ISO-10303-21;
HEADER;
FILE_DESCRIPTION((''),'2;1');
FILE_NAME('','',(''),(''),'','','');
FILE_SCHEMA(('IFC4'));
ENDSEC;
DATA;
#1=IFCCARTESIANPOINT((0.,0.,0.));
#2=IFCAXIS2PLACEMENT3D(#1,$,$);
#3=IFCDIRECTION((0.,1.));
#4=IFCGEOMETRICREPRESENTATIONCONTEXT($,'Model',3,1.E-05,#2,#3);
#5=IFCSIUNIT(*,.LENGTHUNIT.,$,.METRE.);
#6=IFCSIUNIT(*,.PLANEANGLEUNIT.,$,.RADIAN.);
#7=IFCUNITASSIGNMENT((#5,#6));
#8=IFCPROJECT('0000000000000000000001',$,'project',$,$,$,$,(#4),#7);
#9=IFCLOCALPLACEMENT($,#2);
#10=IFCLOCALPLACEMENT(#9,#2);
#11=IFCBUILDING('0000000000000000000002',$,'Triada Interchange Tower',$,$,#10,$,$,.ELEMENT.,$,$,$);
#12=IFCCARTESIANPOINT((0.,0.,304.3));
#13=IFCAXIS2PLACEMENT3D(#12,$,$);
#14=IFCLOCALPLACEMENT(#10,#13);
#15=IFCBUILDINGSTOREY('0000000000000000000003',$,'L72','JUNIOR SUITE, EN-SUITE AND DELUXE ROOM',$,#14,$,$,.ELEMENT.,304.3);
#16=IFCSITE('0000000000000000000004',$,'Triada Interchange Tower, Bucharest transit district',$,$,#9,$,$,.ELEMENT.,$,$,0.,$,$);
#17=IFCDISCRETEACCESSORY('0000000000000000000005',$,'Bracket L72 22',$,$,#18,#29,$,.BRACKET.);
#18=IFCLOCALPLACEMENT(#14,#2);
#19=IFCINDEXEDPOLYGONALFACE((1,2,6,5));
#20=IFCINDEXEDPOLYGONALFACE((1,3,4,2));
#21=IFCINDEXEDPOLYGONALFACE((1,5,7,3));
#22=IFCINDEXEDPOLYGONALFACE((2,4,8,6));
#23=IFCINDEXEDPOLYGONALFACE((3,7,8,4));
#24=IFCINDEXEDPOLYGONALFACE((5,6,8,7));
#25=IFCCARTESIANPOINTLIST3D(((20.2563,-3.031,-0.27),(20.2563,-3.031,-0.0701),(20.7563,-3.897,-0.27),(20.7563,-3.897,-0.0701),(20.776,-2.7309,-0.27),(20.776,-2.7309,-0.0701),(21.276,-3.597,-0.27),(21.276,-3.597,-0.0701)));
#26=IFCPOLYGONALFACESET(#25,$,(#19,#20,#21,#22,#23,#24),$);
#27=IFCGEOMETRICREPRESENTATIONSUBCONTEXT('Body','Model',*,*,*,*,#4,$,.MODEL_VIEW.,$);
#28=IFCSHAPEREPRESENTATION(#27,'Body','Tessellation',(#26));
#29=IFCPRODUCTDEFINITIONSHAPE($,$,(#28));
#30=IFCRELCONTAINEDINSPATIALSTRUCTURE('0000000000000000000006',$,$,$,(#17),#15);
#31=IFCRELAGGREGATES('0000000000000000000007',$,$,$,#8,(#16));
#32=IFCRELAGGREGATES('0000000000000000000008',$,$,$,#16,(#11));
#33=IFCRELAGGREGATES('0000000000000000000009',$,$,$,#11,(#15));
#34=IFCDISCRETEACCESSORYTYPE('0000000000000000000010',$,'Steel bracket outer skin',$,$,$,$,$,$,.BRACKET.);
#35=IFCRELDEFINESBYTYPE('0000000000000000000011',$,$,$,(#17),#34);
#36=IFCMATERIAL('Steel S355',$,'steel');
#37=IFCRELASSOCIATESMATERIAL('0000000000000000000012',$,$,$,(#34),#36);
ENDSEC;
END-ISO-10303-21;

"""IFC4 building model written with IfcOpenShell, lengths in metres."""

from ifc_helpers import new_model, si_unit, direction, frame, origin, origin_2d, place, context, subcontext, project, spatial, rectangle, extrude, material, type_object, element, save


model = new_model("IFC4")

# Units and contexts
model_context = context("Model", 3, precision=1e-05, world=origin(), true_north=direction((0.0, 1.0)))
body_context = subcontext(model_context, "Body", "Model", "MODEL_VIEW")
ifc_project = project(units=[si_unit("LENGTHUNIT", "METRE"), si_unit("PLANEANGLEUNIT", "RADIAN")], contexts=[model_context])

# Site, building, storey
site_placement = place(None, origin())
site = spatial("IfcSite", under=ifc_project, at=site_placement, Name="Triada Interchange Tower, Bucharest transit district", CompositionType="ELEMENT", RefElevation=0.0)
building_placement = place(site_placement, origin())
building = spatial("IfcBuilding", under=site, at=building_placement, Name="Triada Interchange Tower", CompositionType="ELEMENT")
storey_placement = place(building_placement, frame((0.0, 0.0, 304.3)))
storey = spatial("IfcBuildingStorey", under=building, at=storey_placement, Name="L72", Description="JUNIOR SUITE, EN-SUITE AND DELUXE ROOM", CompositionType="ELEMENT", Elevation=304.3)

# Discrete accessory
ifc_material_1 = material(Name="Steel S355", Category="steel")
discrete_accessory_type = type_object("IfcDiscreteAccessoryType", Name="Steel bracket outer skin", PredefinedType="BRACKET", material=ifc_material_1)
for number, where, z_axis, x_axis, name in (
    (1, (20.7661, -3.314, -0.27), (0.0, 0.0, 1.0), (0.866027, 0.499997, 0.0), "Bracket L72 22"),
):
    element("IfcDiscreteAccessory", number, at=place(storey_placement, frame(where, z_axis=z_axis, x_axis=x_axis)), inside=storey, type_object=discrete_accessory_type, Name=name, PredefinedType="BRACKET", context=body_context, shape_type="SweptSolid", body=[
        extrude(rectangle(XDim=0.6001, YDim=1.0, at=origin_2d()), origin(), (0.0, 0.0, 1.0), 0.2),
    ])

save(model, "model.ifc")
